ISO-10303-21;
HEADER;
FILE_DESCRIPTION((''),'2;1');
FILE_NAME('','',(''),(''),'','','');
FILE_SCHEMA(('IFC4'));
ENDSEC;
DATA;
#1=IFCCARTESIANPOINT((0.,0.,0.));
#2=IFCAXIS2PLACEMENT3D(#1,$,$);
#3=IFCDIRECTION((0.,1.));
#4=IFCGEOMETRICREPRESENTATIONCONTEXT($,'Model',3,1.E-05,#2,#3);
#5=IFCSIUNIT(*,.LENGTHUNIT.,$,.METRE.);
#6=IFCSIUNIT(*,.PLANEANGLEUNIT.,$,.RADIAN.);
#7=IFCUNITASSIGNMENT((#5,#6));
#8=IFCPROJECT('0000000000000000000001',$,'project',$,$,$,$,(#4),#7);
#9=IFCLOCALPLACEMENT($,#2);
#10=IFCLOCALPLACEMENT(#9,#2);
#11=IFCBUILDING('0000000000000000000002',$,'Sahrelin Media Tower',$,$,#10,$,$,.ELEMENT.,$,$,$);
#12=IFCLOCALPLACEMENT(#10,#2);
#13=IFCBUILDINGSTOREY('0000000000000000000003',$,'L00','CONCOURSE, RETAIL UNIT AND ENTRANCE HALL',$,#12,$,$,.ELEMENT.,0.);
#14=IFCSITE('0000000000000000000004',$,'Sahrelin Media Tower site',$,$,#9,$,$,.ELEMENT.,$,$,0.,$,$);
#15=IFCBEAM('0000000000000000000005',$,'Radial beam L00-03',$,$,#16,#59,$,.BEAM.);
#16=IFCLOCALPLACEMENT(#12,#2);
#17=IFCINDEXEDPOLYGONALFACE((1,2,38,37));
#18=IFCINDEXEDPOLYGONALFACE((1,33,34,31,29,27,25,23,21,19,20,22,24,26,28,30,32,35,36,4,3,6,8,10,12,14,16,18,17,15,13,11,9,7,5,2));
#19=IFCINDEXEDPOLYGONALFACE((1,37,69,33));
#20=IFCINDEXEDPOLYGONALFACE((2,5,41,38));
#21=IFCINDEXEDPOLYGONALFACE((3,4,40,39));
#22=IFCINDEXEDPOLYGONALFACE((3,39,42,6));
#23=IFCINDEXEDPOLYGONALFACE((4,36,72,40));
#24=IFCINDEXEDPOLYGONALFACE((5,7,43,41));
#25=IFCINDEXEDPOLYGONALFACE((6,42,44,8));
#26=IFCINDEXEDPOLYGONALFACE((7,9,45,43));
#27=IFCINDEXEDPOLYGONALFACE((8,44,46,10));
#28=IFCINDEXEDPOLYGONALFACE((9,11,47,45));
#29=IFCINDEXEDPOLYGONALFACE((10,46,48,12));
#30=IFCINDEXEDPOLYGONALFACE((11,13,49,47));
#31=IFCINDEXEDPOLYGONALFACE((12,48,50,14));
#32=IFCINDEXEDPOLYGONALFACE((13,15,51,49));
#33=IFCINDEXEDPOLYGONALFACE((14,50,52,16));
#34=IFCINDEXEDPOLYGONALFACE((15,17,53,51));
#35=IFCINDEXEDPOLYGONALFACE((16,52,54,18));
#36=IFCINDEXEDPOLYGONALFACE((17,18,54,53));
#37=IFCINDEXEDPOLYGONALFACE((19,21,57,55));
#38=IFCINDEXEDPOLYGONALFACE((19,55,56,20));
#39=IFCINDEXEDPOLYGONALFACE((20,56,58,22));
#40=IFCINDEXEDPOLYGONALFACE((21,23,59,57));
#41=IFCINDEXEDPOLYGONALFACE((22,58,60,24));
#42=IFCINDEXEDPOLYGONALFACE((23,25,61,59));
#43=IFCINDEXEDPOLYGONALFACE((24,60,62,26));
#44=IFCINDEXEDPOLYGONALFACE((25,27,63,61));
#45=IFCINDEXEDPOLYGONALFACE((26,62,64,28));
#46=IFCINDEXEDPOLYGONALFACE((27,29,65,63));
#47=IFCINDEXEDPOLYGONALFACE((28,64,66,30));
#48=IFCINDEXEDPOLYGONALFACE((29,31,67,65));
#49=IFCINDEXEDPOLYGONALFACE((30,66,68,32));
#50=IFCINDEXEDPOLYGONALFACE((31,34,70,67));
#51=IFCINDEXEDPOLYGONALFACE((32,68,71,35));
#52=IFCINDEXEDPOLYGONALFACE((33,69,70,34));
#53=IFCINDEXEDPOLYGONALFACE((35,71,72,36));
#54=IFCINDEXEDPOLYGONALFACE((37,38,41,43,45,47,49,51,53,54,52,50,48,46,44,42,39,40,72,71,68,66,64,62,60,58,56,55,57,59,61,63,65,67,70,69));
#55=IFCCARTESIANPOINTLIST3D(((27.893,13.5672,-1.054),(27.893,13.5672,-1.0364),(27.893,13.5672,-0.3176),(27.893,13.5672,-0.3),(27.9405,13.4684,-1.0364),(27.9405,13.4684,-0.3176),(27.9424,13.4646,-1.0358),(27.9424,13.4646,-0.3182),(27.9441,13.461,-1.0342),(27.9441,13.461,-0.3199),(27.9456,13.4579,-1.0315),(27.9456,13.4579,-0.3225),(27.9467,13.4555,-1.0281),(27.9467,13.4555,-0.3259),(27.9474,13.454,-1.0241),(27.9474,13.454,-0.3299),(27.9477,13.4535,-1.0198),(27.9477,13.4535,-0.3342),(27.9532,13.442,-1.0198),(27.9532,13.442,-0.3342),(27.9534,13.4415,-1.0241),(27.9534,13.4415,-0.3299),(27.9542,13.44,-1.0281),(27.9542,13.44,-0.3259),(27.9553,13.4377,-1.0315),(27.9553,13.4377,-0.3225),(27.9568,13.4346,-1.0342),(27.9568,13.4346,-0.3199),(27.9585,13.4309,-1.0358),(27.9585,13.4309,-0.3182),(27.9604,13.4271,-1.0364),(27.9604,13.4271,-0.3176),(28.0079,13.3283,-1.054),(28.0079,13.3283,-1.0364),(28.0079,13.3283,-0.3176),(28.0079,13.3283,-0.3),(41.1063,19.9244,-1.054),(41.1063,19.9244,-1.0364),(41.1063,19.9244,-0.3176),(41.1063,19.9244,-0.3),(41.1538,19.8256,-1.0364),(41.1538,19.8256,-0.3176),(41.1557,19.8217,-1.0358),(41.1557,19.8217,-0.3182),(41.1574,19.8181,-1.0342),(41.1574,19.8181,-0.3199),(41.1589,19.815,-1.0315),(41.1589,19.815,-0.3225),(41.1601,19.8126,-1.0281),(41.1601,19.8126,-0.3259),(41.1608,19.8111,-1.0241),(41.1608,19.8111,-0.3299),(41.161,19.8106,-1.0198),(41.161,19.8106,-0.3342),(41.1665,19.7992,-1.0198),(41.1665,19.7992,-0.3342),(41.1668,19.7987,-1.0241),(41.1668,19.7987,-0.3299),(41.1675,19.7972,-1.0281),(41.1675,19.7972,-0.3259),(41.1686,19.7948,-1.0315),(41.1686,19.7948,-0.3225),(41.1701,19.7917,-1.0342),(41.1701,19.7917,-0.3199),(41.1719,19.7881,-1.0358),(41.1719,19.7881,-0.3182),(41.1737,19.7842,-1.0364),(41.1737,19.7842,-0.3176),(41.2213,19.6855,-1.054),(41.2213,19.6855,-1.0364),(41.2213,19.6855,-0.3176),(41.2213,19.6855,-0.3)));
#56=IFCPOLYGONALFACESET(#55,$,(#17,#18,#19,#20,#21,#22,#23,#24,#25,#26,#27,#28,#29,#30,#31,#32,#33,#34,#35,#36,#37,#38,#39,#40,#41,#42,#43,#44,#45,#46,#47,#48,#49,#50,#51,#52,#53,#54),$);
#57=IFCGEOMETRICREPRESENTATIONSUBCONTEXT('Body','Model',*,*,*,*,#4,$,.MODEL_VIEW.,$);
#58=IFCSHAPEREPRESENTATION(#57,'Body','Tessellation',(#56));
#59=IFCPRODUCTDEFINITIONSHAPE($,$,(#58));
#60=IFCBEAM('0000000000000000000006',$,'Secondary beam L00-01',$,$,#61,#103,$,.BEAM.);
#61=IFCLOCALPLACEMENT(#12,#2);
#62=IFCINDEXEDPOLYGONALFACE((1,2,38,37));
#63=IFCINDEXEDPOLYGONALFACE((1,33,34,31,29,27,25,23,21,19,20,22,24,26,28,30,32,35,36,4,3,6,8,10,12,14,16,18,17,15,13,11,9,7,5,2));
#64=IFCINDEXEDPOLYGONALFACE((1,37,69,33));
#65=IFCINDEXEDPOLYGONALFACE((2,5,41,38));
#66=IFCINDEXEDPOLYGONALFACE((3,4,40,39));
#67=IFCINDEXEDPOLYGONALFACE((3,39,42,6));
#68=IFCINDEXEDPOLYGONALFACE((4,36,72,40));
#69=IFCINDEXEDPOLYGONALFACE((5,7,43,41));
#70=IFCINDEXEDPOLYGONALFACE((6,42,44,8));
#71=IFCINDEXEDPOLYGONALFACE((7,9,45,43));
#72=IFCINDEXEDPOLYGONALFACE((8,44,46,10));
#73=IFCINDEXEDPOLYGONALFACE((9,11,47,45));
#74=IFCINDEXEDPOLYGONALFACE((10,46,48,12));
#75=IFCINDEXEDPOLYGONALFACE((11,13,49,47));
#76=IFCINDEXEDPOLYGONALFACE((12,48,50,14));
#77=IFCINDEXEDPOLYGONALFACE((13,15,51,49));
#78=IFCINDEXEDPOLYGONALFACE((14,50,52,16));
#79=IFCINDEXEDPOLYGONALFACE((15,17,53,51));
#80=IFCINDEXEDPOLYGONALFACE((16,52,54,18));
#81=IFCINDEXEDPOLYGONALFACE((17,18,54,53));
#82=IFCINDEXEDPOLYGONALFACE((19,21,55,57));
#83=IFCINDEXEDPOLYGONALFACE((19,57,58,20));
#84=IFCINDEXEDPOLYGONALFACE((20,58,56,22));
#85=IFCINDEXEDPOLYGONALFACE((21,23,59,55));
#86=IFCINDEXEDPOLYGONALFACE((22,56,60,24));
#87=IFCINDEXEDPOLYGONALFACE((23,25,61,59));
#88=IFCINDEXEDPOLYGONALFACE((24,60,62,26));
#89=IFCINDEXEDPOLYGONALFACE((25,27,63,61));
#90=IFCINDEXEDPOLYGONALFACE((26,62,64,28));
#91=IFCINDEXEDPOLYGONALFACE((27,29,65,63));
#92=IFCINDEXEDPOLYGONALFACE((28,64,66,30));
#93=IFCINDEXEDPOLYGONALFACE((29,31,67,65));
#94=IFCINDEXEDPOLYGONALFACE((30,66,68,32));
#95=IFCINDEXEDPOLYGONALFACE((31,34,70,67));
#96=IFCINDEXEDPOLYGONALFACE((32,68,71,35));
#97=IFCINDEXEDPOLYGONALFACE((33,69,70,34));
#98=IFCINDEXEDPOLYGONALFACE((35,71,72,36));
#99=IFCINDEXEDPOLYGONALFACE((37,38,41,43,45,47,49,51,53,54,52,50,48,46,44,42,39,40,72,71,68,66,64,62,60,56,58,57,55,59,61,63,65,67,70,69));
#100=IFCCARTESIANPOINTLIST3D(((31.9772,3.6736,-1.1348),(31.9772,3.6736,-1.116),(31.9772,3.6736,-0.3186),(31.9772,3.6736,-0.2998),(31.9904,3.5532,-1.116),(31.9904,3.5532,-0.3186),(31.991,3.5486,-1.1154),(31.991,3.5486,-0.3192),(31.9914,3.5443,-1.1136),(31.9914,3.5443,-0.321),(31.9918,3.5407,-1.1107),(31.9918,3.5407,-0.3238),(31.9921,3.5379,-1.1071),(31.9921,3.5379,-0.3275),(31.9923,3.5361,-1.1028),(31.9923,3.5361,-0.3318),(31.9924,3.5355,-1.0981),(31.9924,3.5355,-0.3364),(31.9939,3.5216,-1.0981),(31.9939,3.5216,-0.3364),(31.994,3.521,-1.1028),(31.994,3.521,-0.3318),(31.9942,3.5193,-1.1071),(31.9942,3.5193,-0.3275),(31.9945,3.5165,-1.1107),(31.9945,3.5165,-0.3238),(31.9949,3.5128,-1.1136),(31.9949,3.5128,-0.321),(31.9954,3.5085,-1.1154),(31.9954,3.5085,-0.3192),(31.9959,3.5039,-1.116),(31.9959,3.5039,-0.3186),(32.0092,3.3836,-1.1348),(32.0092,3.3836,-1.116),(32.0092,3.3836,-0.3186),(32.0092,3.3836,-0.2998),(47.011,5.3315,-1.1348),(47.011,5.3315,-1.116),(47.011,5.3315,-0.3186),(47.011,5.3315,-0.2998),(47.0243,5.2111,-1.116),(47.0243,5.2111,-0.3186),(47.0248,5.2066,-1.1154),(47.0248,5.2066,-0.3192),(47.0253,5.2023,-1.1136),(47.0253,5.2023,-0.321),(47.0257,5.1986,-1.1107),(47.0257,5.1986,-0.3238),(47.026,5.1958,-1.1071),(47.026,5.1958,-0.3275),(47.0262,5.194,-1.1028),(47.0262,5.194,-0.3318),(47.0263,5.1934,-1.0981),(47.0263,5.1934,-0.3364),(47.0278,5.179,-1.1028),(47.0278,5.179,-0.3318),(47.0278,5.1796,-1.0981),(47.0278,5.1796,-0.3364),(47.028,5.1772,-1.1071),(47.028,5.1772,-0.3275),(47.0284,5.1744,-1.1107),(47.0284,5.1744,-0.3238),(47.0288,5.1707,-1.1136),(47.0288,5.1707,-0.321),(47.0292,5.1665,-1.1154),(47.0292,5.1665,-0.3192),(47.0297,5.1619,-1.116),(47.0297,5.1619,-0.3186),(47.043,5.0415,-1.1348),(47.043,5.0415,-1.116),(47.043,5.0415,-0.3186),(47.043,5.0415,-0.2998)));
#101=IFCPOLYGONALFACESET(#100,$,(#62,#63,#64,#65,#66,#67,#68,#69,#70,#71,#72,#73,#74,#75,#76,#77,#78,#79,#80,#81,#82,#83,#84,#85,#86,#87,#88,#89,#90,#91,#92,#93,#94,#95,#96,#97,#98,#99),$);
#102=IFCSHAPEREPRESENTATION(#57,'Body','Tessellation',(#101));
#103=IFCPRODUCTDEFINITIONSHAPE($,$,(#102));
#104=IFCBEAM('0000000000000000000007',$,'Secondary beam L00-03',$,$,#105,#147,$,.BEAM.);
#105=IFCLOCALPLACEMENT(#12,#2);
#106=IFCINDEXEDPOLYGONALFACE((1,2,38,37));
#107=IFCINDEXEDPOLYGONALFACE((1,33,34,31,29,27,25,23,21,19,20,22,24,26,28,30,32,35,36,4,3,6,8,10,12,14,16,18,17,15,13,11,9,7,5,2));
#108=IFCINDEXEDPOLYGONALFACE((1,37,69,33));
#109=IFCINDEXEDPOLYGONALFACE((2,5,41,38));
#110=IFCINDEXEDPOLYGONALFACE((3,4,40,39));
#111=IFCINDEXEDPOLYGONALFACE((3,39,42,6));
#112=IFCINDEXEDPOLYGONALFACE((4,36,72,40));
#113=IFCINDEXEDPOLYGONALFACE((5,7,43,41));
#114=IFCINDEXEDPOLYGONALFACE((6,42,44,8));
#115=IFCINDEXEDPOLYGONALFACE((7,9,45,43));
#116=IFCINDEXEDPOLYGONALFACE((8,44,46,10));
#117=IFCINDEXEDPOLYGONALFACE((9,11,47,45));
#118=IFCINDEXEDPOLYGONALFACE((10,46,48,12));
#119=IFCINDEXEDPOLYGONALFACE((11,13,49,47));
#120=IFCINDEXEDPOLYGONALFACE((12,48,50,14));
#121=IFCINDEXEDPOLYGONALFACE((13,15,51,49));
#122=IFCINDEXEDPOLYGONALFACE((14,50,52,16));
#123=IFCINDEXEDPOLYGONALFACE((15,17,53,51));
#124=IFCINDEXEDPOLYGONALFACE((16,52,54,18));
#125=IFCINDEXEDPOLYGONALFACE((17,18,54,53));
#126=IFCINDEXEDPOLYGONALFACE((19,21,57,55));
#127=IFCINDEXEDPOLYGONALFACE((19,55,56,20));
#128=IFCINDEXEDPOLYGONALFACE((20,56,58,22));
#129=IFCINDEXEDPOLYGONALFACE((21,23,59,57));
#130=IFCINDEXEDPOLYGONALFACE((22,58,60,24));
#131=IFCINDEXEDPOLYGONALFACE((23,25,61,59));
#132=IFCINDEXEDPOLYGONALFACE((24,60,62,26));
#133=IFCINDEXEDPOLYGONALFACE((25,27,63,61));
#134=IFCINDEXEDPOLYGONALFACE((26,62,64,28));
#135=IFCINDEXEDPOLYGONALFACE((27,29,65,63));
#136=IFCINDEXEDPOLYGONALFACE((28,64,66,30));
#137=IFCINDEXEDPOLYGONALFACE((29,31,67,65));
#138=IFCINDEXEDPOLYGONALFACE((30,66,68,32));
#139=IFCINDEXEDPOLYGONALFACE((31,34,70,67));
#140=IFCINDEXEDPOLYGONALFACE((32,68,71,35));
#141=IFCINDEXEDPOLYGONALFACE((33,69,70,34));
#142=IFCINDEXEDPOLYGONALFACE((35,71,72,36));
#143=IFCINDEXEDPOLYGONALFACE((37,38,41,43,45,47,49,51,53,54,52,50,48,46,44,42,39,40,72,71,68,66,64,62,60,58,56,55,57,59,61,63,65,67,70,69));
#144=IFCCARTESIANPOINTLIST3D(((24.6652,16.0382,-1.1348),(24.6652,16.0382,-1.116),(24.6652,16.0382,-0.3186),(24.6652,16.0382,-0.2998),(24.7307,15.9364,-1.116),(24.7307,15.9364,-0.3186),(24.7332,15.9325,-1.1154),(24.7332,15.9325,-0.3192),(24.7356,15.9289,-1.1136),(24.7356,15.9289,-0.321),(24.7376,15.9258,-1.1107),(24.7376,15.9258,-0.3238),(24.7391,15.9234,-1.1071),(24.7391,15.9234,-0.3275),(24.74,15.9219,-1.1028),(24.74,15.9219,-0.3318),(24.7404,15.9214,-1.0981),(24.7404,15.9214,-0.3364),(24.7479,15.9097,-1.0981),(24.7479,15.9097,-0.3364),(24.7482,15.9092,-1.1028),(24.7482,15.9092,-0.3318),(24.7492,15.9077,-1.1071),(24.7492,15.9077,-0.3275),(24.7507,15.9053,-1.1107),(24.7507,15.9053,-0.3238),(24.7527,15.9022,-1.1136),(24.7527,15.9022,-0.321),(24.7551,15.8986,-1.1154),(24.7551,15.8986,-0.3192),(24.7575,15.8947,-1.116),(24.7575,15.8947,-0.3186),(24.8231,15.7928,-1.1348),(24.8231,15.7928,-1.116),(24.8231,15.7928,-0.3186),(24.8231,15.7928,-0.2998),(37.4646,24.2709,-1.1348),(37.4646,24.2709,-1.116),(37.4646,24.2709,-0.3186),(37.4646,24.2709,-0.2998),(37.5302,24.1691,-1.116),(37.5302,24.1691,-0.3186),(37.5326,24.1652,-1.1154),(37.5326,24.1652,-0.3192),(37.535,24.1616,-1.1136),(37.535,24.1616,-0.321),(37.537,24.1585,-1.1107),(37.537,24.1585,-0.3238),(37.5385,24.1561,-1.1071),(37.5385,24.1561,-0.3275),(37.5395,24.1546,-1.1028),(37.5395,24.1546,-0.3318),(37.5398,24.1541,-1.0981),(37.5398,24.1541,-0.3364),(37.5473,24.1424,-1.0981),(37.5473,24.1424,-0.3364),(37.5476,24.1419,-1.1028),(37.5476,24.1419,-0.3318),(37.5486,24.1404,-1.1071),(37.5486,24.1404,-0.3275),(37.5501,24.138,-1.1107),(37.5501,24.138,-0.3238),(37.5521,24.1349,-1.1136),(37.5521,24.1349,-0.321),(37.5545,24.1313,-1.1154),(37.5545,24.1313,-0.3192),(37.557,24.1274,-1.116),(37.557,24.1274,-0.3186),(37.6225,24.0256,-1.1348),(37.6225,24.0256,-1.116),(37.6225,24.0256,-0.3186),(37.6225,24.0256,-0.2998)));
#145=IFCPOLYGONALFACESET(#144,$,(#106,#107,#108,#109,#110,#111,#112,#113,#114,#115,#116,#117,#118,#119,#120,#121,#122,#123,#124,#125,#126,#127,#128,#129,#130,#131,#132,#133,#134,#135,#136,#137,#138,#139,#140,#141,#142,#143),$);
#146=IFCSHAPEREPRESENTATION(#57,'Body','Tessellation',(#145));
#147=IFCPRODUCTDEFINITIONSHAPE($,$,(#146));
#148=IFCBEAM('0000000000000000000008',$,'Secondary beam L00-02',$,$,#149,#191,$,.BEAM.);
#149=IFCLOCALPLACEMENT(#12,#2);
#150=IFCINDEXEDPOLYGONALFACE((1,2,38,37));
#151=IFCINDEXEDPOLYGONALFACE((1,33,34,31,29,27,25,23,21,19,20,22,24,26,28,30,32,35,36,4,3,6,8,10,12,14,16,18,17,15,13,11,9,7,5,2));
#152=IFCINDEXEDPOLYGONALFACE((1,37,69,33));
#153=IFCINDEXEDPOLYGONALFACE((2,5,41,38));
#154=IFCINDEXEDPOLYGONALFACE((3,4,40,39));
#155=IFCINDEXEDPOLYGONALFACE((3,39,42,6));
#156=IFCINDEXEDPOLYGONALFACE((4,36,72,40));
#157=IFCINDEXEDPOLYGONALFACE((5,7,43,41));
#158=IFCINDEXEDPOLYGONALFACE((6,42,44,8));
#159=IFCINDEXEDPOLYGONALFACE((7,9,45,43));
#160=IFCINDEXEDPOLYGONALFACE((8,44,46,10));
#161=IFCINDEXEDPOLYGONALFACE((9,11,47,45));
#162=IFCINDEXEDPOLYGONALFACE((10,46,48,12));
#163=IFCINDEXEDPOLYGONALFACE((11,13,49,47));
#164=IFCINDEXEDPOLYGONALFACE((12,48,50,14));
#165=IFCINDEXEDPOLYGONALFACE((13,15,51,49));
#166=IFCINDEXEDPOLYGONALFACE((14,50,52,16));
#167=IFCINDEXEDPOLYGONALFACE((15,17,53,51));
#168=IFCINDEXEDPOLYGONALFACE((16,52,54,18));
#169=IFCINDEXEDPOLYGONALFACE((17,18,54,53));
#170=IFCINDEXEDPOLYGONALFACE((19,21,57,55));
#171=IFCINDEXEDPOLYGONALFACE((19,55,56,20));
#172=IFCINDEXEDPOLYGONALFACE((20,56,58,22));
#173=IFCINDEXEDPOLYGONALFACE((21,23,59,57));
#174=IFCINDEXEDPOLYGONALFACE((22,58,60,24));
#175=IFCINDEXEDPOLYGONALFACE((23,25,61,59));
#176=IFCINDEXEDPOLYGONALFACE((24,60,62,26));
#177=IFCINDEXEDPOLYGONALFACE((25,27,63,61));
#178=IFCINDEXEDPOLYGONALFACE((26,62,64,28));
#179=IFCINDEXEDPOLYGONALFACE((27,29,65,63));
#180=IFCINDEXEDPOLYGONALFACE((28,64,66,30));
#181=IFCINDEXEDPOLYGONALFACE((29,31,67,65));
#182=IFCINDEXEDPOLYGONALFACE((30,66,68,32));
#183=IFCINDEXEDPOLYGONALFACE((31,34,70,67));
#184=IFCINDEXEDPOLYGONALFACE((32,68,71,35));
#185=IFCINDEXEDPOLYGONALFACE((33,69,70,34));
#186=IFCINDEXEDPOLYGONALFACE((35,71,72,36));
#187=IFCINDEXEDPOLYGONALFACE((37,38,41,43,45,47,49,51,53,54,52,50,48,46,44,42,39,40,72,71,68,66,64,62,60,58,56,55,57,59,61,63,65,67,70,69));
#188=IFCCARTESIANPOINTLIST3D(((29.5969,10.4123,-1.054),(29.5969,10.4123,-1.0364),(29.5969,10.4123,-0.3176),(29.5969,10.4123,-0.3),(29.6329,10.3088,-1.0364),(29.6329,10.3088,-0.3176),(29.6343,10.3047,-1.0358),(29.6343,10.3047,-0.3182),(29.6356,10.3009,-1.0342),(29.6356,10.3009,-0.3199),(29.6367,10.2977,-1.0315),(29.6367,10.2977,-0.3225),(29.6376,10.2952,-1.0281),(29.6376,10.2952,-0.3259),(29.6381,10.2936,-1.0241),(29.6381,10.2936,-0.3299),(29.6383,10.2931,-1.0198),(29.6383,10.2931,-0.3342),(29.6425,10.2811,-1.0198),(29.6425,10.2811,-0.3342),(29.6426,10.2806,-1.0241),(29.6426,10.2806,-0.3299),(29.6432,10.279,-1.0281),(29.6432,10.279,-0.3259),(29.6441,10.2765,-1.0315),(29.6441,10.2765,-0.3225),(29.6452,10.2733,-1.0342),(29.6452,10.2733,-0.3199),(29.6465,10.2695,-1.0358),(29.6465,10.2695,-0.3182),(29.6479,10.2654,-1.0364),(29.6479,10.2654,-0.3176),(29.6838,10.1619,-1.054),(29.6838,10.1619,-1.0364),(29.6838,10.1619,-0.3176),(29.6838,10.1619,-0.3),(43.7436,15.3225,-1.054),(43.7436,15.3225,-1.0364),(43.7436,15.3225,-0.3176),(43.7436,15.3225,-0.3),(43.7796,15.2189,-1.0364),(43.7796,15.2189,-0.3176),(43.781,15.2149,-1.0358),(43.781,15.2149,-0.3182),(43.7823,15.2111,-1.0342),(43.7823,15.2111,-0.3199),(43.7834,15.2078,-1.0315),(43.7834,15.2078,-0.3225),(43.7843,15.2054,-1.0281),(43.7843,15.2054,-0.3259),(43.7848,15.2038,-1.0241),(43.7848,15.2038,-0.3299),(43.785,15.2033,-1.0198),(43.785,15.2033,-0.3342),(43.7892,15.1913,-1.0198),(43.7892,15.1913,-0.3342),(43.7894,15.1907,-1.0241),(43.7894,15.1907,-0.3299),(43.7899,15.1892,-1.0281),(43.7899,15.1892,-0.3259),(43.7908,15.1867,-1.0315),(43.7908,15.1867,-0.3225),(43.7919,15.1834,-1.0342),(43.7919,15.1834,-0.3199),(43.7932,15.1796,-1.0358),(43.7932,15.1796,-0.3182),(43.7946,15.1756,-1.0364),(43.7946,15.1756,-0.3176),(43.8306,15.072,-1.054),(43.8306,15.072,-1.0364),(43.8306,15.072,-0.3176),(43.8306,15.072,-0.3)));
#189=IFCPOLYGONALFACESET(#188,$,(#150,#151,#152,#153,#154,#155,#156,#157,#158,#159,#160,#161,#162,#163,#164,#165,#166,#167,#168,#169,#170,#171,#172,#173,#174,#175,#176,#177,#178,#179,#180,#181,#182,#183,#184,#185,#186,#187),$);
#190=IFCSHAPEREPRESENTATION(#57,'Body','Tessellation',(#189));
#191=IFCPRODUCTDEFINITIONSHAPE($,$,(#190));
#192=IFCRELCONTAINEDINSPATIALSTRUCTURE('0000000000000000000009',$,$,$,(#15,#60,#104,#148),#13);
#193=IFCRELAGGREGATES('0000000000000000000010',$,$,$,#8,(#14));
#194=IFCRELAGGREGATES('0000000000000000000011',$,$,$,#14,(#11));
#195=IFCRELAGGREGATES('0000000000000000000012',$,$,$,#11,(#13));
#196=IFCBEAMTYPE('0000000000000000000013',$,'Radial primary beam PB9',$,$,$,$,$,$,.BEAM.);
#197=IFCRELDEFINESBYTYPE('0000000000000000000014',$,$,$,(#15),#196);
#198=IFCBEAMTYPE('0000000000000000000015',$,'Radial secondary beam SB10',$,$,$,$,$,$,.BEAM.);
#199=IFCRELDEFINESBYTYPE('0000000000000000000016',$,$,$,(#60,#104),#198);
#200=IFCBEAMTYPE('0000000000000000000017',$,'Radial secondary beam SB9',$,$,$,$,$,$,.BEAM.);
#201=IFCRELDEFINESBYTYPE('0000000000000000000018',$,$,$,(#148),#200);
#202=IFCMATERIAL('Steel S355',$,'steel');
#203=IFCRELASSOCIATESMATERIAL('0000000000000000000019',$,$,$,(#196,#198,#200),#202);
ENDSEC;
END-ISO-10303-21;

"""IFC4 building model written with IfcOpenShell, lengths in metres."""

from ifc_helpers import new_model, si_unit, direction, frame, origin, origin_2d, place, context, subcontext, project, spatial, i_section, extrude, material, material_profile, profile_set, type_object, element, save


model = new_model("IFC4")

# Units and contexts
model_context = context("Model", 3, precision=1e-05, world=origin(), true_north=direction((0.0, 1.0)))
body_context = subcontext(model_context, "Body", "Model", "MODEL_VIEW")
ifc_project = project(units=[si_unit("LENGTHUNIT", "METRE"), si_unit("PLANEANGLEUNIT", "RADIAN")], contexts=[model_context])

# Site, building, storey
site_placement = place(None, origin())
site = spatial("IfcSite", under=ifc_project, at=site_placement, Name="Sahrelin Media Tower site", CompositionType="ELEMENT", RefElevation=0.0)
building_placement = place(site_placement, origin())
building = spatial("IfcBuilding", under=site, at=building_placement, Name="Sahrelin Media Tower", CompositionType="ELEMENT")
storey_placement = place(building_placement, origin())
storey = spatial("IfcBuildingStorey", under=building, at=storey_placement, Name="L00", Description="CONCOURSE, RETAIL UNIT AND ENTRANCE HALL", CompositionType="ELEMENT", Elevation=0.0)

# Beams
ifc_material_1 = material(Name="Steel S355", Category="steel")
ifc_material_profile_1 = material_profile(ifc_material_1, i_section(OverallWidth=0.2651, OverallDepth=0.7539, WebThickness=0.0127, FlangeThickness=0.0176, FilletRadius=0.0166, at=origin_2d()), Name="UB 762x267x147")
ifc_profile_set_1 = profile_set([ifc_material_profile_1], Name="Steel S355")
beam_type_1 = type_object("IfcBeamType", Name="Radial primary beam PB9", PredefinedType="BEAM", material=ifc_profile_set_1)
beam_1_placement = place(storey_placement, frame((27.9504, 13.4478, -0.677), z_axis=(0.90113, 0.433549, 0.0), x_axis=(-0.433549, 0.90113, 0.0)))
element("IfcBeam", 1, at=beam_1_placement, inside=storey, type_object=beam_type_1, Name="Radial beam L00-03", PredefinedType="BEAM", context=body_context, shape_type="SweptSolid", body=[
    extrude(i_section(OverallWidth=0.2651, OverallDepth=0.7539, WebThickness=0.0127, FlangeThickness=0.0176, FilletRadius=0.0166, at=origin_2d()), origin(), (0.0, 0.0, 1.0), 14.6631),
])
ifc_material_profile_2 = material_profile(ifc_material_1, i_section(OverallWidth=0.2917, OverallDepth=0.835, WebThickness=0.0139, FlangeThickness=0.0188, FilletRadius=0.0178, at=origin_2d()), Name="UB 838x292x176")
ifc_profile_set_2 = profile_set([ifc_material_profile_2], Name="Steel S355")
beam_type_2 = type_object("IfcBeamType", Name="Radial secondary beam SB10", PredefinedType="BEAM", material=ifc_profile_set_2)
beam_2_placement = place(storey_placement, frame((31.9932, 3.5286, -0.7173), z_axis=(0.993974, 0.109617, 0.0), x_axis=(-0.109617, 0.993974, 0.0)))
element("IfcBeam", 2, at=beam_2_placement, inside=storey, type_object=beam_type_2, Name="Secondary beam L00-01", PredefinedType="BEAM", context=body_context, shape_type="SweptSolid", body=[
    extrude(i_section(OverallWidth=0.2917, OverallDepth=0.835, WebThickness=0.0139, FlangeThickness=0.0188, FilletRadius=0.0178, at=origin_2d()), origin(), (0.0, 0.0, 1.0), 15.125),
])
beam_3_placement = place(storey_placement, frame((24.7441, 15.9155, -0.7173), z_axis=(0.841043, 0.540968, 0.0), x_axis=(-0.540968, 0.841043, 0.0)))
element("IfcBeam", 3, at=beam_3_placement, inside=storey, type_object=beam_type_2, Name="Secondary beam L00-03", PredefinedType="BEAM", context=body_context, shape_type="SweptSolid", body=[
    extrude(i_section(OverallWidth=0.2917, OverallDepth=0.835, WebThickness=0.0139, FlangeThickness=0.0188, FilletRadius=0.0178, at=origin_2d()), origin(), (0.0, 0.0, 1.0), 15.2185),
])
ifc_material_profile_3 = material_profile(ifc_material_1, i_section(OverallWidth=0.2651, OverallDepth=0.7539, WebThickness=0.0127, FlangeThickness=0.0176, FilletRadius=0.0166, at=origin_2d()), Name="UB 762x267x147")
ifc_profile_set_3 = profile_set([ifc_material_profile_3], Name="Steel S355")
beam_type_3 = type_object("IfcBeamType", Name="Radial secondary beam SB9", PredefinedType="BEAM", material=ifc_profile_set_3)
beam_4_placement = place(storey_placement, frame((29.6404, 10.2871, -0.677), z_axis=(0.944713, 0.327898, 0.0), x_axis=(-0.327898, 0.944713, 0.0)))
element("IfcBeam", 4, at=beam_4_placement, inside=storey, type_object=beam_type_3, Name="Secondary beam L00-02", PredefinedType="BEAM", context=body_context, shape_type="SweptSolid", body=[
    extrude(i_section(OverallWidth=0.2651, OverallDepth=0.7539, WebThickness=0.0127, FlangeThickness=0.0176, FilletRadius=0.0166, at=origin_2d()), origin(), (0.0, 0.0, 1.0), 14.9746),
])

save(model, "model.ifc")
